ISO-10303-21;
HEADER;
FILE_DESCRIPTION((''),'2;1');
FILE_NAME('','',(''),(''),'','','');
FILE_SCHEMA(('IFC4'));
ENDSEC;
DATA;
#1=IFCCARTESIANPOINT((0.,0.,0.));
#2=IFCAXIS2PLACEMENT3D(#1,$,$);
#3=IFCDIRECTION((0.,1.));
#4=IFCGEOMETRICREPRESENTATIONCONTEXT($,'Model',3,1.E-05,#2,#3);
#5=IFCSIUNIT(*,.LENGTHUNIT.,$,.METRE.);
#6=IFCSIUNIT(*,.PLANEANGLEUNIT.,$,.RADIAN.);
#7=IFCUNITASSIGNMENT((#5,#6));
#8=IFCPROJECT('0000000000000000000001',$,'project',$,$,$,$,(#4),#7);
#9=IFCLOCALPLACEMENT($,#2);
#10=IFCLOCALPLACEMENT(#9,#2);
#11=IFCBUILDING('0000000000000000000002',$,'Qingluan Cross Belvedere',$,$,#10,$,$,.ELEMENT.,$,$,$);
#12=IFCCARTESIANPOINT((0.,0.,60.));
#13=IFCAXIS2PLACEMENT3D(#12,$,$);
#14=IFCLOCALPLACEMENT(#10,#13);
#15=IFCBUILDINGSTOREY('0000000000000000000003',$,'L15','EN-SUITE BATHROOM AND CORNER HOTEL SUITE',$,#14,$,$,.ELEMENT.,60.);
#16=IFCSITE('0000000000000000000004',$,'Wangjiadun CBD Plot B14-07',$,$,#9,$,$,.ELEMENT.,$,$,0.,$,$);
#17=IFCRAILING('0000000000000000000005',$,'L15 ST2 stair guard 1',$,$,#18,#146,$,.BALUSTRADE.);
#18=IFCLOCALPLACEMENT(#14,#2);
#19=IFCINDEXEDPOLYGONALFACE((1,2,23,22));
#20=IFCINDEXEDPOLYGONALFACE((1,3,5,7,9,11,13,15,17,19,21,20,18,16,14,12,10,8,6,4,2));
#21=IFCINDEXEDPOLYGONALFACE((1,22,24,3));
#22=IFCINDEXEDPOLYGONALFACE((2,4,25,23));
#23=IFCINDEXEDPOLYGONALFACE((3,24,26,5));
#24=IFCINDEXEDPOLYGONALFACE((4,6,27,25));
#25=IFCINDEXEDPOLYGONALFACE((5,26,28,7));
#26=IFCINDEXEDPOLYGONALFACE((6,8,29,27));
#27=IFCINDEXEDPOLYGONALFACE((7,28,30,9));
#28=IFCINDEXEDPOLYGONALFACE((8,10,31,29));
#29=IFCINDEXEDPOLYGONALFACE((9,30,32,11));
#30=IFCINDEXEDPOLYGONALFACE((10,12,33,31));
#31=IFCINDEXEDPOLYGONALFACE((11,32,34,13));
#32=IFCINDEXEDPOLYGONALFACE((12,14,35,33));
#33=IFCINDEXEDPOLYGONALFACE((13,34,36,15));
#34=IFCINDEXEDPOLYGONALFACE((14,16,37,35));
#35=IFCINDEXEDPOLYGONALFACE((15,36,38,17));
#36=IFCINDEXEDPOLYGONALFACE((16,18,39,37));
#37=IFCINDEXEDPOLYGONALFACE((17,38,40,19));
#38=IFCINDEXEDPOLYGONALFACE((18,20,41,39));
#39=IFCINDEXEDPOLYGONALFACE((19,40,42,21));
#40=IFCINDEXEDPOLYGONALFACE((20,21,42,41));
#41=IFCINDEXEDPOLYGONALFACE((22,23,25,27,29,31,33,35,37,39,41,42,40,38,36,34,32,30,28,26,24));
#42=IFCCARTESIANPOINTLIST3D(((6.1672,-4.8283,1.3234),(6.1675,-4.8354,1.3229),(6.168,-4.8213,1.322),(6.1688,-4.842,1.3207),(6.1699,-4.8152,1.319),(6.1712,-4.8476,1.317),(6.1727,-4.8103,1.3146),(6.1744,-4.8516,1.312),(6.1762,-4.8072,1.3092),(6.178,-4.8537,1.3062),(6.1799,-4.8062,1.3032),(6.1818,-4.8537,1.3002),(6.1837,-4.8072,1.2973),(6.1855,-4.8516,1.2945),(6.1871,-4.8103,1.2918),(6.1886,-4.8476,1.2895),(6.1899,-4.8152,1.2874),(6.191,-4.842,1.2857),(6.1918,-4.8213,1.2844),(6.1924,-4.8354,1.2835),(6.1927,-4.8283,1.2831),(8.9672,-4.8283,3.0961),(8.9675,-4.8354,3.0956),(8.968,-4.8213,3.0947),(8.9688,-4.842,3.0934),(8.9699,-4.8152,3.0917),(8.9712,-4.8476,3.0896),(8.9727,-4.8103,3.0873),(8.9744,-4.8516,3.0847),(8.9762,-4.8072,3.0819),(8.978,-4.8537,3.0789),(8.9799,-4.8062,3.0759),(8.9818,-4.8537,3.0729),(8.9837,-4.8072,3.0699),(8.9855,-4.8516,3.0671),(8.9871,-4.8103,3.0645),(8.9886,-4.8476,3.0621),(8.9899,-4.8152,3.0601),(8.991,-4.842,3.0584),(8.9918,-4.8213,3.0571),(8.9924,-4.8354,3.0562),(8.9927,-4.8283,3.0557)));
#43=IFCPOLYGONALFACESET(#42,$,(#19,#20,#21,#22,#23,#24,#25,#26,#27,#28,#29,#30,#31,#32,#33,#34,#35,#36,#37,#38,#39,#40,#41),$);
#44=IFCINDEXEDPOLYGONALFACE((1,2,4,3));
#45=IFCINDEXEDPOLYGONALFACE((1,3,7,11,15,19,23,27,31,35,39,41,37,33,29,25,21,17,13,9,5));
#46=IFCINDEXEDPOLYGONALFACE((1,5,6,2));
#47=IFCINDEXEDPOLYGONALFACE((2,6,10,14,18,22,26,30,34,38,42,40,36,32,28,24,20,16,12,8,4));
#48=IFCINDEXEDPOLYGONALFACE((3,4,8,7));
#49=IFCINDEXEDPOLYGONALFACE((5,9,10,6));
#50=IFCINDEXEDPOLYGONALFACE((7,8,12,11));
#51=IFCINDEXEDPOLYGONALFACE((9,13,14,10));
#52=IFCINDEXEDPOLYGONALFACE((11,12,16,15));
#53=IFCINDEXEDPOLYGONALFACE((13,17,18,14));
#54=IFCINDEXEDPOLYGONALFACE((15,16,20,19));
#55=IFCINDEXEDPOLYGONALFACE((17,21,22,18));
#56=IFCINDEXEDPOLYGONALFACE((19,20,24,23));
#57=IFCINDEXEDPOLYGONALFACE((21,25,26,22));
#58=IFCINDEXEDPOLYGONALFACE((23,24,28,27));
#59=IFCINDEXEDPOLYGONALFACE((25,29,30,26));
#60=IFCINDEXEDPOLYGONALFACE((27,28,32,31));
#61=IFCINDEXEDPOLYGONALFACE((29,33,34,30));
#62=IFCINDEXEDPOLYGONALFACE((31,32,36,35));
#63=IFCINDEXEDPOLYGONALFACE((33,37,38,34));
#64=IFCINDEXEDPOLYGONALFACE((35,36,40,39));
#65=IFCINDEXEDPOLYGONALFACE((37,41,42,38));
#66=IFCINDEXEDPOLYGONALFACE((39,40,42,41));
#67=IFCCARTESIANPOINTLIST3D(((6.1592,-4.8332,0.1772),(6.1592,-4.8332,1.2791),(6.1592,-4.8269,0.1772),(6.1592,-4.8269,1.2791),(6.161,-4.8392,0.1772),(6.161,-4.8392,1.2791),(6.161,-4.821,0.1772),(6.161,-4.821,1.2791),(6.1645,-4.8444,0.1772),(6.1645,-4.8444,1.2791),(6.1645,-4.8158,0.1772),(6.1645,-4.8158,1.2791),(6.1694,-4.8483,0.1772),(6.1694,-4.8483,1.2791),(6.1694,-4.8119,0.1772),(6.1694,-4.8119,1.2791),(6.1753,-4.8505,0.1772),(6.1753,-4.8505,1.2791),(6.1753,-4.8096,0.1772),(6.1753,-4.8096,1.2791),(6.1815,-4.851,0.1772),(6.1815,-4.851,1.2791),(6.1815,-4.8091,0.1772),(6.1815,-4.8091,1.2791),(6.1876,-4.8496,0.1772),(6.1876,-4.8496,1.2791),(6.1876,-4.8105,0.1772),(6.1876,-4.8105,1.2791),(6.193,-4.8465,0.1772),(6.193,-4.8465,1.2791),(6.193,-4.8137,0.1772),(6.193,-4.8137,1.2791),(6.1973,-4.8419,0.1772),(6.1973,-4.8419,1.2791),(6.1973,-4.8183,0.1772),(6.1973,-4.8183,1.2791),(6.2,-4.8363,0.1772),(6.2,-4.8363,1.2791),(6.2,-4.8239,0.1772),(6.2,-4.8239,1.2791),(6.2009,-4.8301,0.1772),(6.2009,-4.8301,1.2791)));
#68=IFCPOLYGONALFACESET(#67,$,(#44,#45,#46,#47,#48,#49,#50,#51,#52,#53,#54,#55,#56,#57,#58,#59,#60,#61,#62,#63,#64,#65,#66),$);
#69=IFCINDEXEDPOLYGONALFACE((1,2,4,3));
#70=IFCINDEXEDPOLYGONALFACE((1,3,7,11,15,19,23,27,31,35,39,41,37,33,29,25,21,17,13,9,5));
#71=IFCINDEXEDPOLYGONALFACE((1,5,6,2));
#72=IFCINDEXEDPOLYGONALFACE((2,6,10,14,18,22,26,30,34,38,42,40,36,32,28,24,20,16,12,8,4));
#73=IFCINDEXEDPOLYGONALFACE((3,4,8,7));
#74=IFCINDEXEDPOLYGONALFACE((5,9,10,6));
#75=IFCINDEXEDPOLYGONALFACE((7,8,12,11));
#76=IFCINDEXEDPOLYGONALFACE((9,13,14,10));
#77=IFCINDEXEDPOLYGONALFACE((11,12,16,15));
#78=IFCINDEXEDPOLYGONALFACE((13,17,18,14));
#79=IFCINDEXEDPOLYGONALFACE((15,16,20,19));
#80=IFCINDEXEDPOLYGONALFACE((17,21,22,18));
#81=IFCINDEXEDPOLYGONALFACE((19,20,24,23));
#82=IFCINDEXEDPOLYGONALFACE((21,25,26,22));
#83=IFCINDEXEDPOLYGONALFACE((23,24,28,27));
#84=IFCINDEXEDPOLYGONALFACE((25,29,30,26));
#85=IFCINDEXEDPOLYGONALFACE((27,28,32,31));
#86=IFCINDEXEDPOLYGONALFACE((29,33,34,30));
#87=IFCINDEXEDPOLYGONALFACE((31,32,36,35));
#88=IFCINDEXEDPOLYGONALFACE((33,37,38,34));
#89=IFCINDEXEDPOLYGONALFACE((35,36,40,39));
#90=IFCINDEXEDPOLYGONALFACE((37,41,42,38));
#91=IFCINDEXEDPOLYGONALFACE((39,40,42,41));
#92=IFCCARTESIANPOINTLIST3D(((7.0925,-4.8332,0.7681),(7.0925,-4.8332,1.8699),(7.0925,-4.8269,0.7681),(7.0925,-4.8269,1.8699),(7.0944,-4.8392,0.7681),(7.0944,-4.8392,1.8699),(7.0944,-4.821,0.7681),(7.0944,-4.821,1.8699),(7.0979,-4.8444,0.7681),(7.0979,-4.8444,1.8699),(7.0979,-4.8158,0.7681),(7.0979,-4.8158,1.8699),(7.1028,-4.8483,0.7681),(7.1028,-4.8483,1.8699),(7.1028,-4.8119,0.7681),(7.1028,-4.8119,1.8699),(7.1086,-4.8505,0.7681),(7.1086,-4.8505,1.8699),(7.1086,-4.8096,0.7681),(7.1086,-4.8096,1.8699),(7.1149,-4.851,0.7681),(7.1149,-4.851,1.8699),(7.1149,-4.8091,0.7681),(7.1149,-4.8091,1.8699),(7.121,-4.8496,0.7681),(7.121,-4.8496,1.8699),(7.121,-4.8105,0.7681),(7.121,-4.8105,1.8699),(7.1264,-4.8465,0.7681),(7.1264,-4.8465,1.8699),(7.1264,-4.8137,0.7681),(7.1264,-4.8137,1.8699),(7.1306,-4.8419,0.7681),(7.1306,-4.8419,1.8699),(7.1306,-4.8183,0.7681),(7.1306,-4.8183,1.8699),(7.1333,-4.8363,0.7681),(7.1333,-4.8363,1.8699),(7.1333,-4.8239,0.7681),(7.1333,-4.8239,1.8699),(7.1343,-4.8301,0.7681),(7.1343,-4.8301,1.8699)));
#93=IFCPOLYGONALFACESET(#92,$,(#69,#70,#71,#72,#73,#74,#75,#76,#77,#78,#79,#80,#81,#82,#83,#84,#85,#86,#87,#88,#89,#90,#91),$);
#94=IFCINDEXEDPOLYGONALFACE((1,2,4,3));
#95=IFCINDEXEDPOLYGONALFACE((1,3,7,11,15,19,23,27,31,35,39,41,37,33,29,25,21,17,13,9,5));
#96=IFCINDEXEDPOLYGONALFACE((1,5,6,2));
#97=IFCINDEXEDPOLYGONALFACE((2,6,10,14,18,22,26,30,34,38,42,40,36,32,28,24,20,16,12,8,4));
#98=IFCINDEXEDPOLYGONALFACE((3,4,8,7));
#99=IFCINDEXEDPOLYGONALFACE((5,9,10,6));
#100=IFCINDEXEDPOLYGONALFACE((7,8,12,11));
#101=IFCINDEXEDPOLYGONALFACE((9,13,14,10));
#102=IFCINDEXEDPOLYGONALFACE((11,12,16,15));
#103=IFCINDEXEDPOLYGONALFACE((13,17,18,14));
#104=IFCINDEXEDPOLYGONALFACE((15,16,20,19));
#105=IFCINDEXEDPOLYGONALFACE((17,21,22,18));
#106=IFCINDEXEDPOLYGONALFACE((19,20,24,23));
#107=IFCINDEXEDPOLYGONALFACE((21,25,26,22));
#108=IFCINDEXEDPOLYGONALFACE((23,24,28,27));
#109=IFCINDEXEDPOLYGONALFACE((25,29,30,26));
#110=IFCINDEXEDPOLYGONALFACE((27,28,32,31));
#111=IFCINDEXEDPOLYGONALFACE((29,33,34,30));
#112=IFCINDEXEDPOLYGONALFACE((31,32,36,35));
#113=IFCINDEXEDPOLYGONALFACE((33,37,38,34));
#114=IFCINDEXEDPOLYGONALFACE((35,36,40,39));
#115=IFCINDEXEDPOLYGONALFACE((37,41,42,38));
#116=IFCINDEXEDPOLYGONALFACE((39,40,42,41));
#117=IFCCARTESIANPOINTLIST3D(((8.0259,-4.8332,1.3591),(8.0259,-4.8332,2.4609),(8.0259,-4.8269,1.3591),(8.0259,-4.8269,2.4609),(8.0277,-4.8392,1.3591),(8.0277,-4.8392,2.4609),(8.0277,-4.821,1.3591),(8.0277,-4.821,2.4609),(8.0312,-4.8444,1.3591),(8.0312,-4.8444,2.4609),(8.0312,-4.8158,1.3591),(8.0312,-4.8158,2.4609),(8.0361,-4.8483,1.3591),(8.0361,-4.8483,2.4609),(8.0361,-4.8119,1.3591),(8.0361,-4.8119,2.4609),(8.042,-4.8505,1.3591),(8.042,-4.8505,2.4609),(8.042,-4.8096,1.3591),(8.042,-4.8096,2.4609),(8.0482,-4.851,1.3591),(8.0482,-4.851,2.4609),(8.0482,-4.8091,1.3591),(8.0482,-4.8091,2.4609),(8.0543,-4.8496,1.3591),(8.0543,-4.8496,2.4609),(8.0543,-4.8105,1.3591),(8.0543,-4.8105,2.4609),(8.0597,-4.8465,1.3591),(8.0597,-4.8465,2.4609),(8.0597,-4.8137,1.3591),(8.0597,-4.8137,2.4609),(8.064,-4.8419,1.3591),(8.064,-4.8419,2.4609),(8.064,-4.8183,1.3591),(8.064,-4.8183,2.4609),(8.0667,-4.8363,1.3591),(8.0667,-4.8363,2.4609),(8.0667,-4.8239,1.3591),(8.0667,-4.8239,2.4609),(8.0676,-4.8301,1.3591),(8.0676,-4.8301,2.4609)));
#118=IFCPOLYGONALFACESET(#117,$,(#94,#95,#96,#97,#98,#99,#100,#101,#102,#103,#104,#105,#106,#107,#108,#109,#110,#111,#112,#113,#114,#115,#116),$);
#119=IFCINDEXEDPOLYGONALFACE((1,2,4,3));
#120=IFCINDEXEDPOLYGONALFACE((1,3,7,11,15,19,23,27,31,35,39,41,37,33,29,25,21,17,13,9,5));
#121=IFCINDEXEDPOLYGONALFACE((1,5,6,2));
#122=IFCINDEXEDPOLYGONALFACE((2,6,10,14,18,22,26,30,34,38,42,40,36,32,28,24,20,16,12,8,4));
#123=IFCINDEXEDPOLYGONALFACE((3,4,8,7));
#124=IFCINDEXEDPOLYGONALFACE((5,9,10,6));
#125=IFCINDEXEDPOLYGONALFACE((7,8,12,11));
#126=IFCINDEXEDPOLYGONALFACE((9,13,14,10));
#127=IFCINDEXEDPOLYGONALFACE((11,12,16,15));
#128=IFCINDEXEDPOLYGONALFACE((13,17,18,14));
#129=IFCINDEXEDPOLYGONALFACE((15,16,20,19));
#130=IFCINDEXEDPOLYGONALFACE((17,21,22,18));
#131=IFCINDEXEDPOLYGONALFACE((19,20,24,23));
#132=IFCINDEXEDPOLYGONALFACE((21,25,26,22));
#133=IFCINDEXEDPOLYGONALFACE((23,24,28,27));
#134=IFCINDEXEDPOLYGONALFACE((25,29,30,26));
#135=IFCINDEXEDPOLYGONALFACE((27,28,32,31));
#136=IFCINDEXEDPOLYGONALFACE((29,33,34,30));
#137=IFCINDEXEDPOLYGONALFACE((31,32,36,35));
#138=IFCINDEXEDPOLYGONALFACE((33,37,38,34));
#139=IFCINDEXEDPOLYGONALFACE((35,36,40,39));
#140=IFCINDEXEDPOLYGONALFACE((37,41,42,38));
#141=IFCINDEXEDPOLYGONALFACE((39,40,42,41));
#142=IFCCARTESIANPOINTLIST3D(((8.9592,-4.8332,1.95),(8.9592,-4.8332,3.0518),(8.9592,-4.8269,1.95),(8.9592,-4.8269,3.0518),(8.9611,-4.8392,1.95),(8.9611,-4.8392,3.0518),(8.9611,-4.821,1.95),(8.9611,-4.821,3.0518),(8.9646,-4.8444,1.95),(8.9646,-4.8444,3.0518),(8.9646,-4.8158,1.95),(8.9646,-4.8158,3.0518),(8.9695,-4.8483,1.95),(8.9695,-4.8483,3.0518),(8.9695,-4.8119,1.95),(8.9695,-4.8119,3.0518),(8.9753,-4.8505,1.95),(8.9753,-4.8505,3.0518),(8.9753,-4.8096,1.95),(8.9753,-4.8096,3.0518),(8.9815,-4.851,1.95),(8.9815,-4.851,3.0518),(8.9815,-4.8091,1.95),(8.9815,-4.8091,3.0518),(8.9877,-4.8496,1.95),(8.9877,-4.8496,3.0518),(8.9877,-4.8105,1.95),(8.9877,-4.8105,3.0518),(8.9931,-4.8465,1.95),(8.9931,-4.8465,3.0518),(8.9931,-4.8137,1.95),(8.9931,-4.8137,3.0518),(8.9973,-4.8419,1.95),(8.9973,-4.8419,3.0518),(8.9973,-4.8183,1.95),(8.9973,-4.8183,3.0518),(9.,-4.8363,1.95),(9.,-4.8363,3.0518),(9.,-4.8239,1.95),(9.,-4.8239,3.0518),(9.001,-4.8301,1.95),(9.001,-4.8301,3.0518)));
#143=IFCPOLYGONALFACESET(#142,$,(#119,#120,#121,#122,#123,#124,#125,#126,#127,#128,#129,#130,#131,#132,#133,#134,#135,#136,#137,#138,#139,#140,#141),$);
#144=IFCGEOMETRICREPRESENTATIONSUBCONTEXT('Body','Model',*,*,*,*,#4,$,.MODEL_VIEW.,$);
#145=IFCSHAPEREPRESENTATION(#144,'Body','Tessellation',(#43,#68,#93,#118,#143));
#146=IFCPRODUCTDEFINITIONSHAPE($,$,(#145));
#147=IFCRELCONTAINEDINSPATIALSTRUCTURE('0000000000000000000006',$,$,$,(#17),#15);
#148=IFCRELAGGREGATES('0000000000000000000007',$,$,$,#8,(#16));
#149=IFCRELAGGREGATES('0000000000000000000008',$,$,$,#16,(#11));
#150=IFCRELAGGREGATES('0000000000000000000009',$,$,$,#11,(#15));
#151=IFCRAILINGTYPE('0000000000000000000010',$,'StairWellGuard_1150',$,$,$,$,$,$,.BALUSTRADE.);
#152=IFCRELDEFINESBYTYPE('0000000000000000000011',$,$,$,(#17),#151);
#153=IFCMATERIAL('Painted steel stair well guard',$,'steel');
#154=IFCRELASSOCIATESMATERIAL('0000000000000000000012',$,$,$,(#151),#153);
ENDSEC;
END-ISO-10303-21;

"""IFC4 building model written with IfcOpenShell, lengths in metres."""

from ifc_helpers import new_model, si_unit, direction, frame, origin, origin_2d, place, context, subcontext, project, spatial, circle, extrude, material, type_object, element, save


model = new_model("IFC4")

# Units and contexts
model_context = context("Model", 3, precision=1e-05, world=origin(), true_north=direction((0.0, 1.0)))
body_context = subcontext(model_context, "Body", "Model", "MODEL_VIEW")
ifc_project = project(units=[si_unit("LENGTHUNIT", "METRE"), si_unit("PLANEANGLEUNIT", "RADIAN")], contexts=[model_context])

# Site, building, storey
site_placement = place(None, origin())
site = spatial("IfcSite", under=ifc_project, at=site_placement, Name="Wangjiadun CBD Plot B14-07", CompositionType="ELEMENT", RefElevation=0.0)
building_placement = place(site_placement, origin())
building = spatial("IfcBuilding", under=site, at=building_placement, Name="Qingluan Cross Belvedere", CompositionType="ELEMENT")
storey_placement = place(building_placement, frame((0.0, 0.0, 60.0)))
storey = spatial("IfcBuildingStorey", under=building, at=storey_placement, Name="L15", Description="EN-SUITE BATHROOM AND CORNER HOTEL SUITE", CompositionType="ELEMENT", Elevation=60.0)

# Railing
ifc_material_1 = material(Name="Painted steel stair well guard", Category="steel")
railing_type_1 = type_object("IfcRailingType", Name="StairWellGuard_1150", PredefinedType="BALUSTRADE", material=ifc_material_1)
railing_1_placement = place(storey_placement, frame((6.1799, -4.8301, 0.1772)))
element("IfcRailing", 1, at=railing_1_placement, inside=storey, type_object=railing_type_1, Name="L15 ST2 stair guard 1", PredefinedType="BALUSTRADE", context=body_context, shape_type="SweptSolid", body=[
    extrude(circle(Radius=0.0239, at=origin_2d()), frame((0.0, 0.0, 1.126), z_axis=(0.844909, 0.0, 0.53491), x_axis=(0.0, 1.0, 0.0)), (0.0, 0.0, 1.0), 3.314),
    extrude(circle(Radius=0.021, at=origin_2d()), origin(), (0.0, 0.0, 1.0), 1.1018),
    extrude(circle(Radius=0.021, at=origin_2d()), frame((0.9333, 0.0, 0.5908)), (0.0, 0.0, 1.0), 1.1018),
    extrude(circle(Radius=0.021, at=origin_2d()), frame((1.8667, 0.0, 1.1819)), (0.0, 0.0, 1.0), 1.1018),
    extrude(circle(Radius=0.021, at=origin_2d()), frame((2.8, 0.0, 1.7727)), (0.0, 0.0, 1.0), 1.1018),
])

save(model, "model.ifc")
